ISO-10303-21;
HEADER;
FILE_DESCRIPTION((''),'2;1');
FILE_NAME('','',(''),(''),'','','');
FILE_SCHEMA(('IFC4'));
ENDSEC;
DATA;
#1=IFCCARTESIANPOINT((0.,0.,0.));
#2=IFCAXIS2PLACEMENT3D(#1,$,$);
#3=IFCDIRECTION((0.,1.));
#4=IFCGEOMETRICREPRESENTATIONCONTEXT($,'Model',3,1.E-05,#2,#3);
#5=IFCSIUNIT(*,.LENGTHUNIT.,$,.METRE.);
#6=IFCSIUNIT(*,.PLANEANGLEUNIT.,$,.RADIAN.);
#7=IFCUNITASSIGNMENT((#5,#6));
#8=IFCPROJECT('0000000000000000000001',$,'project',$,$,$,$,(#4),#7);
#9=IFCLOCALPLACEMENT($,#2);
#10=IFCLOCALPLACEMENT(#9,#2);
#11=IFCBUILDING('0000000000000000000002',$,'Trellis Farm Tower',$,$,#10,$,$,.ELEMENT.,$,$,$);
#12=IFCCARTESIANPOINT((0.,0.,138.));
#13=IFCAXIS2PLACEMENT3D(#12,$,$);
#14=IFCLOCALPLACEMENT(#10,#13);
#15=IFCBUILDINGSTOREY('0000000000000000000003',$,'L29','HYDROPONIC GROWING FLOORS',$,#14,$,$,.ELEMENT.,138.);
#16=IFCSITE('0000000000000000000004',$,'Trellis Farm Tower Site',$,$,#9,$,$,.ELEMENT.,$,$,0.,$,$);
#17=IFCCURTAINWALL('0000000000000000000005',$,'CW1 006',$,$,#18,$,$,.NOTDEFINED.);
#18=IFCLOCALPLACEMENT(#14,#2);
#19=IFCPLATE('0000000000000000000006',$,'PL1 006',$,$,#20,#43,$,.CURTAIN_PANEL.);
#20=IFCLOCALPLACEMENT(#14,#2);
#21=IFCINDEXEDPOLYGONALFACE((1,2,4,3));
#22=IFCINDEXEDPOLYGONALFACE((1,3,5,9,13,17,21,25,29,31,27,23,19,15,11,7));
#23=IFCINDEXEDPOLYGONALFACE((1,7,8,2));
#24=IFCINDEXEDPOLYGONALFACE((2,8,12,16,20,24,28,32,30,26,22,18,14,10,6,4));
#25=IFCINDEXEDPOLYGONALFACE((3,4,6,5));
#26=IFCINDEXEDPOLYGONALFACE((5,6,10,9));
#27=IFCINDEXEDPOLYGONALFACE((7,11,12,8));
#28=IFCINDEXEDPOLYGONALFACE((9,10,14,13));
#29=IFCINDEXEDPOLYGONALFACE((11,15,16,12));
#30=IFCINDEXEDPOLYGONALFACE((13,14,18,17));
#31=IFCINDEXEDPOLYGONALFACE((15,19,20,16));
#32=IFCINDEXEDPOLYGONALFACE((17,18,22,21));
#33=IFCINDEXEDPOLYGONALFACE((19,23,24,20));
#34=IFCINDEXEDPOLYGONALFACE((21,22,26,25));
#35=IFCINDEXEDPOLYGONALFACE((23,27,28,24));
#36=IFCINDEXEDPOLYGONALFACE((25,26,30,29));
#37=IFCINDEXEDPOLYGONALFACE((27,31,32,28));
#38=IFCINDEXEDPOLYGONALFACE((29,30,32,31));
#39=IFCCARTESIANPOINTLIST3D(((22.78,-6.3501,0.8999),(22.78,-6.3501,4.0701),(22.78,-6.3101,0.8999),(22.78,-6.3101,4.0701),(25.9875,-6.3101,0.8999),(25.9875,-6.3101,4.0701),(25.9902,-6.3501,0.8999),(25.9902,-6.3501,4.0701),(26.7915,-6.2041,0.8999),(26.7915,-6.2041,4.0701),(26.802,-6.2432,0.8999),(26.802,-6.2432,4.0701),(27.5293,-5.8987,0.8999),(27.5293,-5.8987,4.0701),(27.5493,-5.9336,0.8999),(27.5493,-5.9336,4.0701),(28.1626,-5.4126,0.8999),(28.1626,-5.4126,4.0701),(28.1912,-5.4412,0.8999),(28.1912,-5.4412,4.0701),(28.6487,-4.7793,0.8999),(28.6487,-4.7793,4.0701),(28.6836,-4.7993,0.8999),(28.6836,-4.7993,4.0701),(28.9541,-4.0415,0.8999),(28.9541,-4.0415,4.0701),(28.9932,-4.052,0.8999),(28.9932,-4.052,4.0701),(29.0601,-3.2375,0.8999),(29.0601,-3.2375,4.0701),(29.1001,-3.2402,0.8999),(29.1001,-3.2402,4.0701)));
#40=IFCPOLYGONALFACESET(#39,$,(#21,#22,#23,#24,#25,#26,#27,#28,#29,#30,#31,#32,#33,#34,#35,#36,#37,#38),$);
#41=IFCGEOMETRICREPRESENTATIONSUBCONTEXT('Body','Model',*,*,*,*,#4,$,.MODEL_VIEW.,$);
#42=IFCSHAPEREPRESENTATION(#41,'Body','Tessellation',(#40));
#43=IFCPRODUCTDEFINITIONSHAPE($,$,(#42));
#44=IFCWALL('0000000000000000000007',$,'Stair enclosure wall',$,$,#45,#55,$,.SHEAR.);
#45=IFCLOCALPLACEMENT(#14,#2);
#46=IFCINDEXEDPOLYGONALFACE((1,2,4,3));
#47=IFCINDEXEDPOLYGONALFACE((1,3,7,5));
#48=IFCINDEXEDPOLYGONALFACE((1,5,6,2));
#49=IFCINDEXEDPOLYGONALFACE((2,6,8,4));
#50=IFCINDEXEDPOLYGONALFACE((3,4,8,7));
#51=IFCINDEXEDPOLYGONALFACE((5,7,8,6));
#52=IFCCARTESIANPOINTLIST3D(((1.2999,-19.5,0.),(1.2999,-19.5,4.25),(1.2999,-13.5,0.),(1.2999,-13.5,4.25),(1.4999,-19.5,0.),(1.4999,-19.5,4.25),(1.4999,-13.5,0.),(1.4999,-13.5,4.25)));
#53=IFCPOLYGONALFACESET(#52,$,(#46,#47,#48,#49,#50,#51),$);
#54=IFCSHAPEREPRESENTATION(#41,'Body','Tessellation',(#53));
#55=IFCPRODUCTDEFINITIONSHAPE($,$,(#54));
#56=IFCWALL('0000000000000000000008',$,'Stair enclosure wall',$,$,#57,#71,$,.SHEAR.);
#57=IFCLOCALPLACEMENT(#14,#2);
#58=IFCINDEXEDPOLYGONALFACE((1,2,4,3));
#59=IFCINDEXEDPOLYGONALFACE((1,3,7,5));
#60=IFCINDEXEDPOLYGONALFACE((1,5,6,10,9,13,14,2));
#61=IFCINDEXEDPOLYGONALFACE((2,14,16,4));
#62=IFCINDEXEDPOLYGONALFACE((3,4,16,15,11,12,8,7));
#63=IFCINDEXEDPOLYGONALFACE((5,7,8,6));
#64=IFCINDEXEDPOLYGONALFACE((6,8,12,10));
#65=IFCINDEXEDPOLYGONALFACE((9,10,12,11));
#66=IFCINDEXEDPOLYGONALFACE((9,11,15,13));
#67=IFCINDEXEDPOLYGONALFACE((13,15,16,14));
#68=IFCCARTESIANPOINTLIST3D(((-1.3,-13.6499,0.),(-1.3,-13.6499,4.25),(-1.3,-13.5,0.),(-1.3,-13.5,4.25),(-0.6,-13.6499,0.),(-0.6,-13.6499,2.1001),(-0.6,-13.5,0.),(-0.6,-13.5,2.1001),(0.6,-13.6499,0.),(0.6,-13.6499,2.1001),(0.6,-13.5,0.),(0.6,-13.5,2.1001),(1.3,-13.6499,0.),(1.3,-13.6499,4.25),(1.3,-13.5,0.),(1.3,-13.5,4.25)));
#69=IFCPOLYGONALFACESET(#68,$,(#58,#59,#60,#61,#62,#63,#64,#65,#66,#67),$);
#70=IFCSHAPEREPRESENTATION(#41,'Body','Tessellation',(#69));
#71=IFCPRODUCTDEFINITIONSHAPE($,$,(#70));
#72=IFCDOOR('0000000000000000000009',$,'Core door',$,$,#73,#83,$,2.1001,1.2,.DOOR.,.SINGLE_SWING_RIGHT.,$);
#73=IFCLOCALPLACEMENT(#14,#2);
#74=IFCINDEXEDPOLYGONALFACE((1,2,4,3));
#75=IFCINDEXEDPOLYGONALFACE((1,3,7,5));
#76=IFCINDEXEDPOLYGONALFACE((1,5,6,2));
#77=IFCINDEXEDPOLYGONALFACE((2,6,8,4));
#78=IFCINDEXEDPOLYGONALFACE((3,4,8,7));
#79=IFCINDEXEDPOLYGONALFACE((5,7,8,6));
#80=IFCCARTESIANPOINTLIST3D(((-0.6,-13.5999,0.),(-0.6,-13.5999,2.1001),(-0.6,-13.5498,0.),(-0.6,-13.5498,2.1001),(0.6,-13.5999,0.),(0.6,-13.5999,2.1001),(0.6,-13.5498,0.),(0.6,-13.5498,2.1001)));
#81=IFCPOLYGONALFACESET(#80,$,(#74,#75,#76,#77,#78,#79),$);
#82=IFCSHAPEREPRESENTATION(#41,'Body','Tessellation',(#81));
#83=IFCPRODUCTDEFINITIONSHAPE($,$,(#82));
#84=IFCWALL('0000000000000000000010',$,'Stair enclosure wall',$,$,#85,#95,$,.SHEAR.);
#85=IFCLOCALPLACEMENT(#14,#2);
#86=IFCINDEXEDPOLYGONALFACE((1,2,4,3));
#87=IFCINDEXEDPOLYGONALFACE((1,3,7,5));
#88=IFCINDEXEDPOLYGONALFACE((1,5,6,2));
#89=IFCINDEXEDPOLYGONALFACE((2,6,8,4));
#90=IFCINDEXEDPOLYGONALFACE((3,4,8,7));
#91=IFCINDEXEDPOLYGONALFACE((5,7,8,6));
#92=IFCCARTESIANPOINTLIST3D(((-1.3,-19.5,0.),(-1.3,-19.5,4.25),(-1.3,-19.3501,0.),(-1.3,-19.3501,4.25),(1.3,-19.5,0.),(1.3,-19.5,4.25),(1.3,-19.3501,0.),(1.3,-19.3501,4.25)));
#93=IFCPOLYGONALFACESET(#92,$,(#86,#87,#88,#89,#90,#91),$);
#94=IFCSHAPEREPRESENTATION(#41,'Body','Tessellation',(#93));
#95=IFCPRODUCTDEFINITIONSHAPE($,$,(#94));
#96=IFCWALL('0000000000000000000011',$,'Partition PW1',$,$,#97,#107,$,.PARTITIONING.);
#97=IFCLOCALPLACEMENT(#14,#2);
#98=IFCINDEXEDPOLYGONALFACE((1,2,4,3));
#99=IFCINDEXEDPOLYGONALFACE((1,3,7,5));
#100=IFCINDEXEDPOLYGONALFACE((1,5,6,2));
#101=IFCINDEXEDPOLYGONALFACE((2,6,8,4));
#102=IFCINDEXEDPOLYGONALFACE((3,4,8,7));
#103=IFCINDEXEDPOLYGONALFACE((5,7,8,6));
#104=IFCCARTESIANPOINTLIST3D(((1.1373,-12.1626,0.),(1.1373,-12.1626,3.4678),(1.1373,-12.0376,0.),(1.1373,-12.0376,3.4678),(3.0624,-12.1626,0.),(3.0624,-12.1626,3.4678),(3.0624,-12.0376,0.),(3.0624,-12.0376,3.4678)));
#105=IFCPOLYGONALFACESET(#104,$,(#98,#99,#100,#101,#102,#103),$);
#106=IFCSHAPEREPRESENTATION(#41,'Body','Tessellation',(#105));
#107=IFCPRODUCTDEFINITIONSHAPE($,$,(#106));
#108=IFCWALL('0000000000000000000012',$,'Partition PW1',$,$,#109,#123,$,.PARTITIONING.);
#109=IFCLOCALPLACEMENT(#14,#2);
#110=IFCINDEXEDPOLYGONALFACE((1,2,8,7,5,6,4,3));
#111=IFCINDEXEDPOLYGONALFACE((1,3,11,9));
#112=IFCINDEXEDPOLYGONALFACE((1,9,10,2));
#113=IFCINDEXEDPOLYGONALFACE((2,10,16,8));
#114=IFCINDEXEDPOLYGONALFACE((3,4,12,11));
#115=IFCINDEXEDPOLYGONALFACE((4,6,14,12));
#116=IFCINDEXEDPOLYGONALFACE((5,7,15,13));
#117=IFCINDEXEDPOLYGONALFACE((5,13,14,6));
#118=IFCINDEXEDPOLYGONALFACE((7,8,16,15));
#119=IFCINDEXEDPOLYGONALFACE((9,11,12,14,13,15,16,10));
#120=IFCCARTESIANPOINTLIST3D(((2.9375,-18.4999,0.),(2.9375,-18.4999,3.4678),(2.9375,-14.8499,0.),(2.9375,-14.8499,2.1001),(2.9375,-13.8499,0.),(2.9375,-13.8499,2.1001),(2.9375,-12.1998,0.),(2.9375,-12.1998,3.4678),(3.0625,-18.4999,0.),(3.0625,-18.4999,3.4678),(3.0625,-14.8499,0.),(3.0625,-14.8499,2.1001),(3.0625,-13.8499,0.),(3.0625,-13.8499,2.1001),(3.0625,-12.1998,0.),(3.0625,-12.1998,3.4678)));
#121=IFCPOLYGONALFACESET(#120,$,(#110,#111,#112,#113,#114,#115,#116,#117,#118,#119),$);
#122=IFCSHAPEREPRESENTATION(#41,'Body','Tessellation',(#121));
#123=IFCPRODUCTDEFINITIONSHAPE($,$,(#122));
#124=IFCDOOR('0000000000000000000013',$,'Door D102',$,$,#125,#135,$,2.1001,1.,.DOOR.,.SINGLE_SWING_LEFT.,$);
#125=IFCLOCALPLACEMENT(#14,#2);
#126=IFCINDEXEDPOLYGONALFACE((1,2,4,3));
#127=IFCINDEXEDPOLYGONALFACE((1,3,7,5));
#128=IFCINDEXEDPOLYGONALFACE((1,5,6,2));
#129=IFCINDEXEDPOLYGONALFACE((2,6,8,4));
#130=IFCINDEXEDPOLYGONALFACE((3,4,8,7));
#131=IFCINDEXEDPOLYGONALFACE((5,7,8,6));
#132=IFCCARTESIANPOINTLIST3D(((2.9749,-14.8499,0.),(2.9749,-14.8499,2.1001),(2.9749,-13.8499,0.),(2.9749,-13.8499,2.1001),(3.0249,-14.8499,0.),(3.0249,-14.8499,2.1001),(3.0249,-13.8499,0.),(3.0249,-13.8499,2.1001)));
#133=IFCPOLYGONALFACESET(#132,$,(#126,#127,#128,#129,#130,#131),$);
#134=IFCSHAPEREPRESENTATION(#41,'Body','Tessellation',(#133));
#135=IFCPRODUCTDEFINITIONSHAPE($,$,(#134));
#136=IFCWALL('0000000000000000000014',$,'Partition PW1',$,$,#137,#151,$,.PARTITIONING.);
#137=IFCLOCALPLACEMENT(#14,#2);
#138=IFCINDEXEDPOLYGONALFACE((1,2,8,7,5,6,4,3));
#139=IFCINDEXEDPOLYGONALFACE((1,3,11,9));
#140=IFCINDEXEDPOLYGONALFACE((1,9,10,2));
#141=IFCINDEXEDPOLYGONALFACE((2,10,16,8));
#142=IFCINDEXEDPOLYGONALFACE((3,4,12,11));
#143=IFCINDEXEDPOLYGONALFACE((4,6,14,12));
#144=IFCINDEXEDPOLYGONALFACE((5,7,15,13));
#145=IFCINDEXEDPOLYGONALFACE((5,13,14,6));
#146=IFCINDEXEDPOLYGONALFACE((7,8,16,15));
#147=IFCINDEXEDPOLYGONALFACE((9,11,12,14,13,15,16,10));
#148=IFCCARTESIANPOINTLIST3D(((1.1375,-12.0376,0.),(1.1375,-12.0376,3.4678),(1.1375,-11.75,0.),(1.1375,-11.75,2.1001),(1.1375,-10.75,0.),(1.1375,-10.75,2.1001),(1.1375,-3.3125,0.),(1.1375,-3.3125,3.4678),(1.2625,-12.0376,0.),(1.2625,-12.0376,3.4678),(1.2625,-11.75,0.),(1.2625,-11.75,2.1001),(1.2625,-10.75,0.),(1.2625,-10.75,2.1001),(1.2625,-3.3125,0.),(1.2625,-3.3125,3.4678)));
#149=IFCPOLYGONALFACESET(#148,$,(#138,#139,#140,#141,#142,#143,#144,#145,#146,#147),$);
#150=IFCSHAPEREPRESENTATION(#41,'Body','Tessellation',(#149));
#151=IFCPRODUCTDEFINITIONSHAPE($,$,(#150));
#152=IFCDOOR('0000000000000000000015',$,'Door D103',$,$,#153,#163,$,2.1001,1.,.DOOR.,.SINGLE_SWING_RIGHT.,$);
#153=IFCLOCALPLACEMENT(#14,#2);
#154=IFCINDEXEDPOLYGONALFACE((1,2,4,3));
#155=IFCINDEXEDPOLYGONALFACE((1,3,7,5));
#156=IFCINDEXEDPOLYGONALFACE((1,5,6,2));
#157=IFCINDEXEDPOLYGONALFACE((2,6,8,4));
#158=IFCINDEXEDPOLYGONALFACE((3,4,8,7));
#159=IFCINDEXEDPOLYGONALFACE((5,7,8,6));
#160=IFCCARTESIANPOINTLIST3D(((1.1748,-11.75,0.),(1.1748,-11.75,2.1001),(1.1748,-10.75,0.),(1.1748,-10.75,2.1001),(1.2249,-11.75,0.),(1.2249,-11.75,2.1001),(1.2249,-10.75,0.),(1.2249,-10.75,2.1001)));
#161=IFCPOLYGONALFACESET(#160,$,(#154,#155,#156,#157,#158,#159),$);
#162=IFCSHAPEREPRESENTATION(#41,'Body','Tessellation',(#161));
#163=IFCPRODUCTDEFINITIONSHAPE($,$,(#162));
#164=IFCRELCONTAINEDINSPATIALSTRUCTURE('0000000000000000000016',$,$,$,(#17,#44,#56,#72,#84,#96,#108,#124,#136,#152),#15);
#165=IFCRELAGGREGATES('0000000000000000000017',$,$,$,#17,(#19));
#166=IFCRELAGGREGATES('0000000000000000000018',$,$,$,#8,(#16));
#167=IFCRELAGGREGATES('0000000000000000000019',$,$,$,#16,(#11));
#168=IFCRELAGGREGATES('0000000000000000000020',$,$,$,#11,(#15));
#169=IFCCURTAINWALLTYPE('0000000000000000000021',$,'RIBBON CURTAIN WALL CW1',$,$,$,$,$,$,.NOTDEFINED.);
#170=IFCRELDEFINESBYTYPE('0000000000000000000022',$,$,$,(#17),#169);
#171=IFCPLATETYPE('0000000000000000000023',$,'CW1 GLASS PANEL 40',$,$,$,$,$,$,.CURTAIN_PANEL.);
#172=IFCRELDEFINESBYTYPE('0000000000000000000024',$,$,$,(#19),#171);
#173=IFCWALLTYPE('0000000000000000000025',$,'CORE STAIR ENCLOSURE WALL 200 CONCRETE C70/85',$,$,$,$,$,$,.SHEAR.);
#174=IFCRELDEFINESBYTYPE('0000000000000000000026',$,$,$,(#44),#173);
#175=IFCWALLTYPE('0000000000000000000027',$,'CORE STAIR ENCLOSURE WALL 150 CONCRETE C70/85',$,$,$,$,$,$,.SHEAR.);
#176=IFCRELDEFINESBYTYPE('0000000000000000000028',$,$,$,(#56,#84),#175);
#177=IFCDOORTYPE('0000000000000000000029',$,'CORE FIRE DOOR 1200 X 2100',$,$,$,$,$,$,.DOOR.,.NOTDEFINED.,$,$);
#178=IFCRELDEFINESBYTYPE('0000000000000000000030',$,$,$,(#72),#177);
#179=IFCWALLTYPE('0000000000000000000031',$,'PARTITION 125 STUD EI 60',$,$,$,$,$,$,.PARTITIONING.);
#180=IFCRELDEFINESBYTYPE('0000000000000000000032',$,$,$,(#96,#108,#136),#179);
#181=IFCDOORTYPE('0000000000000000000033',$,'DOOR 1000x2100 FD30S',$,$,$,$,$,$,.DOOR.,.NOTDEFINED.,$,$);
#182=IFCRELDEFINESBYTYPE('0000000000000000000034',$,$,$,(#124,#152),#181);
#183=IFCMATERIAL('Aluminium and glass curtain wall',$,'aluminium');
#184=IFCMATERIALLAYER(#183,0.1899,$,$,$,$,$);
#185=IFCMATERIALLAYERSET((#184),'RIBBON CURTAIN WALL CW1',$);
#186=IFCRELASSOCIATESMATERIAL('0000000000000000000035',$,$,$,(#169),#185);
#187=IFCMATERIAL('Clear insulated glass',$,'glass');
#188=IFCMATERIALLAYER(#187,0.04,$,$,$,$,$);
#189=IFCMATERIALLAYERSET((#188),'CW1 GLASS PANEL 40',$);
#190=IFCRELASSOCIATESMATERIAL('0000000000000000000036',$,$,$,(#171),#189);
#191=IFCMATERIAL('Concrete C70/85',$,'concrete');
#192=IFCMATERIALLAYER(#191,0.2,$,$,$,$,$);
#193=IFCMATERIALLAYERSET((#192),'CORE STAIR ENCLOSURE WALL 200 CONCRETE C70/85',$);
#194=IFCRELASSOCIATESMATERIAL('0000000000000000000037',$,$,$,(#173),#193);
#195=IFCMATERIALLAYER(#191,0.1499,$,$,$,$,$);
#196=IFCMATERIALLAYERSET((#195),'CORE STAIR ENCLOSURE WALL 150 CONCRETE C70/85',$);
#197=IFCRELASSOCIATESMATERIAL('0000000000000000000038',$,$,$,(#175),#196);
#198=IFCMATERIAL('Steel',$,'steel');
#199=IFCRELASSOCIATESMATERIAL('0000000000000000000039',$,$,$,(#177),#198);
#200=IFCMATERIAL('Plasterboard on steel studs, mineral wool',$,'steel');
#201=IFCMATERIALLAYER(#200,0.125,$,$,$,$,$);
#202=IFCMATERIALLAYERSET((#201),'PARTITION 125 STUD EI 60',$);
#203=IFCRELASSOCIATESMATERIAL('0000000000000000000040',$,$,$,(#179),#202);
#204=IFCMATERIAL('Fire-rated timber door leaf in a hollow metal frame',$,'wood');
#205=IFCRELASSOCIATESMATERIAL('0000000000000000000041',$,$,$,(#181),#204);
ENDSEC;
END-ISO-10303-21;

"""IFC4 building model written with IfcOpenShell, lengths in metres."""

from ifc_helpers import new_model, si_unit, direction, frame, frame_2d, origin, place, context, subcontext, project, spatial, polyline, rectangle, outline, extrude, source, transform, mapped, material, layer, layer_set, type_object, element, fill, aggregate, save


model = new_model("IFC4")

# Units and contexts
model_context = context("Model", 3, precision=1e-05, world=origin(), true_north=direction((0.0, 1.0)))
body_context = subcontext(model_context, "Body", "Model", "MODEL_VIEW")
ifc_project = project(units=[si_unit("LENGTHUNIT", "METRE"), si_unit("PLANEANGLEUNIT", "RADIAN")], contexts=[model_context])

# Site, building, storey
site_placement = place(None, origin())
site = spatial("IfcSite", under=ifc_project, at=site_placement, Name="Trellis Farm Tower Site", CompositionType="ELEMENT", RefElevation=0.0)
building_placement = place(site_placement, origin())
building = spatial("IfcBuilding", under=site, at=building_placement, Name="Trellis Farm Tower", CompositionType="ELEMENT")
storey_placement = place(building_placement, frame((0.0, 0.0, 138.0)))
storey = spatial("IfcBuildingStorey", under=building, at=storey_placement, Name="L29", Description="HYDROPONIC GROWING FLOORS", CompositionType="ELEMENT", Elevation=138.0)

# Shared definitions
ifc_material_1 = material(Name="Aluminium and glass curtain wall", Category="aluminium")
placement_1 = place(storey_placement, origin())
ifc_material_2 = material(Name="Clear insulated glass", Category="glass")

# Curtain wall, plate
ifc_layer_1 = layer(ifc_material_1, 0.1899)
ifc_layer_set_1 = layer_set([ifc_layer_1], Name="RIBBON CURTAIN WALL CW1")
curtain_wall_type_1 = type_object("IfcCurtainWallType", Name="RIBBON CURTAIN WALL CW1", PredefinedType="NOTDEFINED", material=ifc_layer_set_1)
curtain_wall_1 = element("IfcCurtainWall", 1, at=placement_1, inside=storey, type_object=curtain_wall_type_1, Name="CW1 006", PredefinedType="NOTDEFINED")
ifc_layer_2 = layer(ifc_material_2, 0.04)
ifc_layer_set_2 = layer_set([ifc_layer_2], Name="CW1 GLASS PANEL 40")
plate_type_1 = type_object("IfcPlateType", Name="CW1 GLASS PANEL 40", PredefinedType="CURTAIN_PANEL", material=ifc_layer_set_2)
shared_shape_1 = source(origin(), body_context, "Body", "SweptSolid", [
    extrude(outline(polyline([(22.78, -6.3501), (25.9902, -6.3501), (26.802, -6.2432), (27.5493, -5.9336), (28.1912, -5.4412), (28.6836, -4.7993), (28.9932, -4.052), (29.1001, -3.2402), (29.0601, -3.2375), (28.9541, -4.0415), (28.6487, -4.7793), (28.1626, -5.4126), (27.5293, -5.8987), (26.7915, -6.2041), (25.9875, -6.3101), (22.78, -6.3101), (22.78, -6.3501)])), origin(), (0.0, 0.0, 1.0), 3.1702),
])
plate_1_placement = place(storey_placement, frame((0.0, 0.0, 0.8999)))
plate_1 = element("IfcPlate", 2, at=plate_1_placement, type_object=plate_type_1, Name="PL1 006", PredefinedType="CURTAIN_PANEL", context=body_context, shape_type="MappedRepresentation", body=[
    mapped(shared_shape_1, transform((0.0, 0.0, 0.0))),
])
aggregate(curtain_wall_1, [plate_1])

# Wall
ifc_material_3 = material(Name="Concrete C70/85", Category="concrete")
ifc_layer_3 = layer(ifc_material_3, 0.2)
ifc_layer_set_3 = layer_set([ifc_layer_3], Name="CORE STAIR ENCLOSURE WALL 200 CONCRETE C70/85")
wall_type_1 = type_object("IfcWallType", Name="CORE STAIR ENCLOSURE WALL 200 CONCRETE C70/85", PredefinedType="SHEAR", material=ifc_layer_set_3)
shared_shape_2 = source(origin(), body_context, "Body", "SweptSolid", [
    extrude(rectangle(XDim=6.0, YDim=0.2, at=frame_2d((3.0, 0.0))), origin(), (0.0, 0.0, 1.0), 4.25),
])
wall_1_placement = place(storey_placement, frame((1.3999, -13.5, 0.0), z_axis=(0.0, 0.0, 1.0), x_axis=(0.0, -1.0, 0.0)))
element("IfcWall", 3, at=wall_1_placement, inside=storey, type_object=wall_type_1, Name="Stair enclosure wall", PredefinedType="SHEAR", context=body_context, shape_type="MappedRepresentation", body=[
    mapped(shared_shape_2, transform((0.0, 0.0, 0.0))),
])

# Wall, opening, door
ifc_layer_4 = layer(ifc_material_3, 0.1499)
ifc_layer_set_4 = layer_set([ifc_layer_4], Name="CORE STAIR ENCLOSURE WALL 150 CONCRETE C70/85")
wall_type_2 = type_object("IfcWallType", Name="CORE STAIR ENCLOSURE WALL 150 CONCRETE C70/85", PredefinedType="SHEAR", material=ifc_layer_set_4)
shared_shape_3 = source(origin(), body_context, "Body", "SweptSolid", [
    extrude(rectangle(XDim=2.6001, YDim=0.1499, at=frame_2d((1.3, 0.0))), origin(), (0.0, 0.0, 1.0), 4.25),
])
wall_2_placement = place(storey_placement, frame((1.3, -13.575, 0.0), z_axis=(0.0, 0.0, 1.0), x_axis=(-1.0, 0.0, 0.0)))
wall_2 = element("IfcWall", 4, at=wall_2_placement, inside=storey, type_object=wall_type_2, Name="Stair enclosure wall", PredefinedType="SHEAR", context=body_context, shape_type="MappedRepresentation", body=[
    mapped(shared_shape_3, transform((0.0, 0.0, 0.0))),
])
shared_shape_4 = source(origin(), body_context, "Body", "SweptSolid", [
    extrude(rectangle(XDim=1.2, YDim=2.1001, at=frame_2d((0.6001, 1.05))), frame((0.0, 0.085, 0.0), z_axis=(0.0, -1.0, 0.0), x_axis=(1.0, 0.0, 0.0)), (0.0, 0.0, 1.0), 0.1699),
])
opening_1_placement = place(wall_2_placement, frame((0.7, 0.0, 0.0)))
opening_1 = element("IfcOpeningElement", 5, at=opening_1_placement, cuts=wall_2, PredefinedType="OPENING", context=body_context, shape_type="MappedRepresentation", body=[
    mapped(shared_shape_4, transform((0.0, 0.0, 0.0))),
])
ifc_material_4 = material(Name="Steel", Category="steel")
door_type_1 = type_object("IfcDoorType", Name="CORE FIRE DOOR 1200 X 2100", OperationType="NOTDEFINED", PredefinedType="DOOR", material=ifc_material_4)
shared_shape_5 = source(origin(), body_context, "Body", "SweptSolid", [
    extrude(rectangle(XDim=1.2, YDim=2.1001, at=frame_2d((0.6001, 1.05))), frame((0.0, 0.0249, 0.0), z_axis=(0.0, -1.0, 0.0), x_axis=(1.0, 0.0, 0.0)), (0.0, 0.0, 1.0), 0.05),
])
door_1_placement = place(opening_1_placement, origin())
door_1 = element("IfcDoor", 6, at=door_1_placement, inside=storey, type_object=door_type_1, Name="Core door", OperationType="SINGLE_SWING_RIGHT", OverallHeight=2.1001, OverallWidth=1.2, PredefinedType="DOOR", context=body_context, shape_type="MappedRepresentation", body=[
    mapped(shared_shape_5, transform((0.0, 0.0, 0.0))),
])
fill(opening_1, door_1)

# Walls
wall_3_placement = place(storey_placement, frame((1.3, -19.425, 0.0), z_axis=(0.0, 0.0, 1.0), x_axis=(-1.0, 0.0, 0.0)))
element("IfcWall", 7, at=wall_3_placement, inside=storey, type_object=wall_type_2, Name="Stair enclosure wall", PredefinedType="SHEAR", context=body_context, shape_type="MappedRepresentation", body=[
    mapped(shared_shape_3, transform((0.0, 0.0, 0.0))),
])
ifc_material_5 = material(Name="Plasterboard on steel studs, mineral wool", Category="steel")
ifc_layer_5 = layer(ifc_material_5, 0.125)
ifc_layer_set_5 = layer_set([ifc_layer_5], Name="PARTITION 125 STUD EI 60")
wall_type_3 = type_object("IfcWallType", Name="PARTITION 125 STUD EI 60", PredefinedType="PARTITIONING", material=ifc_layer_set_5)
shared_shape_6 = source(origin(), body_context, "Body", "SweptSolid", [
    extrude(rectangle(XDim=1.925, YDim=0.125, at=frame_2d((0.9624, 0.0))), origin(), (0.0, 0.0, 1.0), 3.4678),
])
wall_4_placement = place(storey_placement, frame((1.1375, -12.1001, 0.0), z_axis=(0.0, 0.0, 1.0), x_axis=(1.0, 0.0, 0.0)))
element("IfcWall", 8, at=wall_4_placement, inside=storey, type_object=wall_type_3, Name="Partition PW1", PredefinedType="PARTITIONING", context=body_context, shape_type="MappedRepresentation", body=[
    mapped(shared_shape_6, transform((0.0, 0.0, 0.0))),
])

# Walls, openings, doors
shared_shape_7 = source(origin(), body_context, "Body", "SweptSolid", [
    extrude(rectangle(XDim=6.3, YDim=0.125, at=frame_2d((3.1499, 0.0))), origin(), (0.0, 0.0, 1.0), 3.4678),
])
wall_5_placement = place(storey_placement, frame((3.0, -12.2, 0.0), z_axis=(0.0, 0.0, 1.0), x_axis=(0.0, -1.0, 0.0)))
wall_5 = element("IfcWall", 9, at=wall_5_placement, inside=storey, type_object=wall_type_3, Name="Partition PW1", PredefinedType="PARTITIONING", context=body_context, shape_type="MappedRepresentation", body=[
    mapped(shared_shape_7, transform((0.0, 0.0, 0.0))),
])
shared_shape_8 = source(origin(), body_context, "Body", "SweptSolid", [
    extrude(rectangle(XDim=1.0, YDim=2.1001, at=frame_2d((0.5, 1.05))), frame((0.0, 0.0725, 0.0), z_axis=(0.0, -1.0, 0.0), x_axis=(1.0, 0.0, 0.0)), (0.0, 0.0, 1.0), 0.145),
])
opening_2_placement = place(wall_5_placement, frame((1.6499, 0.0, 0.0)))
opening_2 = element("IfcOpeningElement", 10, at=opening_2_placement, cuts=wall_5, PredefinedType="OPENING", context=body_context, shape_type="MappedRepresentation", body=[
    mapped(shared_shape_8, transform((0.0, 0.0, 0.0))),
])
ifc_material_6 = material(Name="Fire-rated timber door leaf in a hollow metal frame", Category="wood")
door_type_2 = type_object("IfcDoorType", Name="DOOR 1000x2100 FD30S", OperationType="NOTDEFINED", PredefinedType="DOOR", material=ifc_material_6)
shared_shape_9 = source(origin(), body_context, "Body", "SweptSolid", [
    extrude(rectangle(XDim=1.0, YDim=2.1001, at=frame_2d((0.5, 1.05))), frame((0.0, 0.0249, 0.0), z_axis=(0.0, -1.0, 0.0), x_axis=(1.0, 0.0, 0.0)), (0.0, 0.0, 1.0), 0.05),
])
door_2_placement = place(opening_2_placement, origin())
door_2 = element("IfcDoor", 11, at=door_2_placement, inside=storey, type_object=door_type_2, Name="Door D102", OperationType="SINGLE_SWING_LEFT", OverallHeight=2.1001, OverallWidth=1.0, PredefinedType="DOOR", context=body_context, shape_type="MappedRepresentation", body=[
    mapped(shared_shape_9, transform((0.0, 0.0, 0.0))),
])
fill(opening_2, door_2)
shared_shape_10 = source(origin(), body_context, "Body", "SweptSolid", [
    extrude(rectangle(XDim=8.7251, YDim=0.125, at=frame_2d((4.3625, 0.0))), origin(), (0.0, 0.0, 1.0), 3.4678),
])
wall_6_placement = place(storey_placement, frame((1.2, -3.3125, 0.0), z_axis=(0.0, 0.0, 1.0), x_axis=(0.0, -1.0, 0.0)))
wall_6 = element("IfcWall", 12, at=wall_6_placement, inside=storey, type_object=wall_type_3, Name="Partition PW1", PredefinedType="PARTITIONING", context=body_context, shape_type="MappedRepresentation", body=[
    mapped(shared_shape_10, transform((0.0, 0.0, 0.0))),
])
opening_3_placement = place(wall_6_placement, frame((7.4375, 0.0, 0.0)))
opening_3 = element("IfcOpeningElement", 13, at=opening_3_placement, cuts=wall_6, PredefinedType="OPENING", context=body_context, shape_type="MappedRepresentation", body=[
    mapped(shared_shape_8, transform((0.0, 0.0, 0.0))),
])
door_3_placement = place(opening_3_placement, origin())
door_3 = element("IfcDoor", 14, at=door_3_placement, inside=storey, type_object=door_type_2, Name="Door D103", OperationType="SINGLE_SWING_RIGHT", OverallHeight=2.1001, OverallWidth=1.0, PredefinedType="DOOR", context=body_context, shape_type="MappedRepresentation", body=[
    mapped(shared_shape_9, transform((0.0, 0.0, 0.0))),
])
fill(opening_3, door_3)

save(model, "model.ifc")
